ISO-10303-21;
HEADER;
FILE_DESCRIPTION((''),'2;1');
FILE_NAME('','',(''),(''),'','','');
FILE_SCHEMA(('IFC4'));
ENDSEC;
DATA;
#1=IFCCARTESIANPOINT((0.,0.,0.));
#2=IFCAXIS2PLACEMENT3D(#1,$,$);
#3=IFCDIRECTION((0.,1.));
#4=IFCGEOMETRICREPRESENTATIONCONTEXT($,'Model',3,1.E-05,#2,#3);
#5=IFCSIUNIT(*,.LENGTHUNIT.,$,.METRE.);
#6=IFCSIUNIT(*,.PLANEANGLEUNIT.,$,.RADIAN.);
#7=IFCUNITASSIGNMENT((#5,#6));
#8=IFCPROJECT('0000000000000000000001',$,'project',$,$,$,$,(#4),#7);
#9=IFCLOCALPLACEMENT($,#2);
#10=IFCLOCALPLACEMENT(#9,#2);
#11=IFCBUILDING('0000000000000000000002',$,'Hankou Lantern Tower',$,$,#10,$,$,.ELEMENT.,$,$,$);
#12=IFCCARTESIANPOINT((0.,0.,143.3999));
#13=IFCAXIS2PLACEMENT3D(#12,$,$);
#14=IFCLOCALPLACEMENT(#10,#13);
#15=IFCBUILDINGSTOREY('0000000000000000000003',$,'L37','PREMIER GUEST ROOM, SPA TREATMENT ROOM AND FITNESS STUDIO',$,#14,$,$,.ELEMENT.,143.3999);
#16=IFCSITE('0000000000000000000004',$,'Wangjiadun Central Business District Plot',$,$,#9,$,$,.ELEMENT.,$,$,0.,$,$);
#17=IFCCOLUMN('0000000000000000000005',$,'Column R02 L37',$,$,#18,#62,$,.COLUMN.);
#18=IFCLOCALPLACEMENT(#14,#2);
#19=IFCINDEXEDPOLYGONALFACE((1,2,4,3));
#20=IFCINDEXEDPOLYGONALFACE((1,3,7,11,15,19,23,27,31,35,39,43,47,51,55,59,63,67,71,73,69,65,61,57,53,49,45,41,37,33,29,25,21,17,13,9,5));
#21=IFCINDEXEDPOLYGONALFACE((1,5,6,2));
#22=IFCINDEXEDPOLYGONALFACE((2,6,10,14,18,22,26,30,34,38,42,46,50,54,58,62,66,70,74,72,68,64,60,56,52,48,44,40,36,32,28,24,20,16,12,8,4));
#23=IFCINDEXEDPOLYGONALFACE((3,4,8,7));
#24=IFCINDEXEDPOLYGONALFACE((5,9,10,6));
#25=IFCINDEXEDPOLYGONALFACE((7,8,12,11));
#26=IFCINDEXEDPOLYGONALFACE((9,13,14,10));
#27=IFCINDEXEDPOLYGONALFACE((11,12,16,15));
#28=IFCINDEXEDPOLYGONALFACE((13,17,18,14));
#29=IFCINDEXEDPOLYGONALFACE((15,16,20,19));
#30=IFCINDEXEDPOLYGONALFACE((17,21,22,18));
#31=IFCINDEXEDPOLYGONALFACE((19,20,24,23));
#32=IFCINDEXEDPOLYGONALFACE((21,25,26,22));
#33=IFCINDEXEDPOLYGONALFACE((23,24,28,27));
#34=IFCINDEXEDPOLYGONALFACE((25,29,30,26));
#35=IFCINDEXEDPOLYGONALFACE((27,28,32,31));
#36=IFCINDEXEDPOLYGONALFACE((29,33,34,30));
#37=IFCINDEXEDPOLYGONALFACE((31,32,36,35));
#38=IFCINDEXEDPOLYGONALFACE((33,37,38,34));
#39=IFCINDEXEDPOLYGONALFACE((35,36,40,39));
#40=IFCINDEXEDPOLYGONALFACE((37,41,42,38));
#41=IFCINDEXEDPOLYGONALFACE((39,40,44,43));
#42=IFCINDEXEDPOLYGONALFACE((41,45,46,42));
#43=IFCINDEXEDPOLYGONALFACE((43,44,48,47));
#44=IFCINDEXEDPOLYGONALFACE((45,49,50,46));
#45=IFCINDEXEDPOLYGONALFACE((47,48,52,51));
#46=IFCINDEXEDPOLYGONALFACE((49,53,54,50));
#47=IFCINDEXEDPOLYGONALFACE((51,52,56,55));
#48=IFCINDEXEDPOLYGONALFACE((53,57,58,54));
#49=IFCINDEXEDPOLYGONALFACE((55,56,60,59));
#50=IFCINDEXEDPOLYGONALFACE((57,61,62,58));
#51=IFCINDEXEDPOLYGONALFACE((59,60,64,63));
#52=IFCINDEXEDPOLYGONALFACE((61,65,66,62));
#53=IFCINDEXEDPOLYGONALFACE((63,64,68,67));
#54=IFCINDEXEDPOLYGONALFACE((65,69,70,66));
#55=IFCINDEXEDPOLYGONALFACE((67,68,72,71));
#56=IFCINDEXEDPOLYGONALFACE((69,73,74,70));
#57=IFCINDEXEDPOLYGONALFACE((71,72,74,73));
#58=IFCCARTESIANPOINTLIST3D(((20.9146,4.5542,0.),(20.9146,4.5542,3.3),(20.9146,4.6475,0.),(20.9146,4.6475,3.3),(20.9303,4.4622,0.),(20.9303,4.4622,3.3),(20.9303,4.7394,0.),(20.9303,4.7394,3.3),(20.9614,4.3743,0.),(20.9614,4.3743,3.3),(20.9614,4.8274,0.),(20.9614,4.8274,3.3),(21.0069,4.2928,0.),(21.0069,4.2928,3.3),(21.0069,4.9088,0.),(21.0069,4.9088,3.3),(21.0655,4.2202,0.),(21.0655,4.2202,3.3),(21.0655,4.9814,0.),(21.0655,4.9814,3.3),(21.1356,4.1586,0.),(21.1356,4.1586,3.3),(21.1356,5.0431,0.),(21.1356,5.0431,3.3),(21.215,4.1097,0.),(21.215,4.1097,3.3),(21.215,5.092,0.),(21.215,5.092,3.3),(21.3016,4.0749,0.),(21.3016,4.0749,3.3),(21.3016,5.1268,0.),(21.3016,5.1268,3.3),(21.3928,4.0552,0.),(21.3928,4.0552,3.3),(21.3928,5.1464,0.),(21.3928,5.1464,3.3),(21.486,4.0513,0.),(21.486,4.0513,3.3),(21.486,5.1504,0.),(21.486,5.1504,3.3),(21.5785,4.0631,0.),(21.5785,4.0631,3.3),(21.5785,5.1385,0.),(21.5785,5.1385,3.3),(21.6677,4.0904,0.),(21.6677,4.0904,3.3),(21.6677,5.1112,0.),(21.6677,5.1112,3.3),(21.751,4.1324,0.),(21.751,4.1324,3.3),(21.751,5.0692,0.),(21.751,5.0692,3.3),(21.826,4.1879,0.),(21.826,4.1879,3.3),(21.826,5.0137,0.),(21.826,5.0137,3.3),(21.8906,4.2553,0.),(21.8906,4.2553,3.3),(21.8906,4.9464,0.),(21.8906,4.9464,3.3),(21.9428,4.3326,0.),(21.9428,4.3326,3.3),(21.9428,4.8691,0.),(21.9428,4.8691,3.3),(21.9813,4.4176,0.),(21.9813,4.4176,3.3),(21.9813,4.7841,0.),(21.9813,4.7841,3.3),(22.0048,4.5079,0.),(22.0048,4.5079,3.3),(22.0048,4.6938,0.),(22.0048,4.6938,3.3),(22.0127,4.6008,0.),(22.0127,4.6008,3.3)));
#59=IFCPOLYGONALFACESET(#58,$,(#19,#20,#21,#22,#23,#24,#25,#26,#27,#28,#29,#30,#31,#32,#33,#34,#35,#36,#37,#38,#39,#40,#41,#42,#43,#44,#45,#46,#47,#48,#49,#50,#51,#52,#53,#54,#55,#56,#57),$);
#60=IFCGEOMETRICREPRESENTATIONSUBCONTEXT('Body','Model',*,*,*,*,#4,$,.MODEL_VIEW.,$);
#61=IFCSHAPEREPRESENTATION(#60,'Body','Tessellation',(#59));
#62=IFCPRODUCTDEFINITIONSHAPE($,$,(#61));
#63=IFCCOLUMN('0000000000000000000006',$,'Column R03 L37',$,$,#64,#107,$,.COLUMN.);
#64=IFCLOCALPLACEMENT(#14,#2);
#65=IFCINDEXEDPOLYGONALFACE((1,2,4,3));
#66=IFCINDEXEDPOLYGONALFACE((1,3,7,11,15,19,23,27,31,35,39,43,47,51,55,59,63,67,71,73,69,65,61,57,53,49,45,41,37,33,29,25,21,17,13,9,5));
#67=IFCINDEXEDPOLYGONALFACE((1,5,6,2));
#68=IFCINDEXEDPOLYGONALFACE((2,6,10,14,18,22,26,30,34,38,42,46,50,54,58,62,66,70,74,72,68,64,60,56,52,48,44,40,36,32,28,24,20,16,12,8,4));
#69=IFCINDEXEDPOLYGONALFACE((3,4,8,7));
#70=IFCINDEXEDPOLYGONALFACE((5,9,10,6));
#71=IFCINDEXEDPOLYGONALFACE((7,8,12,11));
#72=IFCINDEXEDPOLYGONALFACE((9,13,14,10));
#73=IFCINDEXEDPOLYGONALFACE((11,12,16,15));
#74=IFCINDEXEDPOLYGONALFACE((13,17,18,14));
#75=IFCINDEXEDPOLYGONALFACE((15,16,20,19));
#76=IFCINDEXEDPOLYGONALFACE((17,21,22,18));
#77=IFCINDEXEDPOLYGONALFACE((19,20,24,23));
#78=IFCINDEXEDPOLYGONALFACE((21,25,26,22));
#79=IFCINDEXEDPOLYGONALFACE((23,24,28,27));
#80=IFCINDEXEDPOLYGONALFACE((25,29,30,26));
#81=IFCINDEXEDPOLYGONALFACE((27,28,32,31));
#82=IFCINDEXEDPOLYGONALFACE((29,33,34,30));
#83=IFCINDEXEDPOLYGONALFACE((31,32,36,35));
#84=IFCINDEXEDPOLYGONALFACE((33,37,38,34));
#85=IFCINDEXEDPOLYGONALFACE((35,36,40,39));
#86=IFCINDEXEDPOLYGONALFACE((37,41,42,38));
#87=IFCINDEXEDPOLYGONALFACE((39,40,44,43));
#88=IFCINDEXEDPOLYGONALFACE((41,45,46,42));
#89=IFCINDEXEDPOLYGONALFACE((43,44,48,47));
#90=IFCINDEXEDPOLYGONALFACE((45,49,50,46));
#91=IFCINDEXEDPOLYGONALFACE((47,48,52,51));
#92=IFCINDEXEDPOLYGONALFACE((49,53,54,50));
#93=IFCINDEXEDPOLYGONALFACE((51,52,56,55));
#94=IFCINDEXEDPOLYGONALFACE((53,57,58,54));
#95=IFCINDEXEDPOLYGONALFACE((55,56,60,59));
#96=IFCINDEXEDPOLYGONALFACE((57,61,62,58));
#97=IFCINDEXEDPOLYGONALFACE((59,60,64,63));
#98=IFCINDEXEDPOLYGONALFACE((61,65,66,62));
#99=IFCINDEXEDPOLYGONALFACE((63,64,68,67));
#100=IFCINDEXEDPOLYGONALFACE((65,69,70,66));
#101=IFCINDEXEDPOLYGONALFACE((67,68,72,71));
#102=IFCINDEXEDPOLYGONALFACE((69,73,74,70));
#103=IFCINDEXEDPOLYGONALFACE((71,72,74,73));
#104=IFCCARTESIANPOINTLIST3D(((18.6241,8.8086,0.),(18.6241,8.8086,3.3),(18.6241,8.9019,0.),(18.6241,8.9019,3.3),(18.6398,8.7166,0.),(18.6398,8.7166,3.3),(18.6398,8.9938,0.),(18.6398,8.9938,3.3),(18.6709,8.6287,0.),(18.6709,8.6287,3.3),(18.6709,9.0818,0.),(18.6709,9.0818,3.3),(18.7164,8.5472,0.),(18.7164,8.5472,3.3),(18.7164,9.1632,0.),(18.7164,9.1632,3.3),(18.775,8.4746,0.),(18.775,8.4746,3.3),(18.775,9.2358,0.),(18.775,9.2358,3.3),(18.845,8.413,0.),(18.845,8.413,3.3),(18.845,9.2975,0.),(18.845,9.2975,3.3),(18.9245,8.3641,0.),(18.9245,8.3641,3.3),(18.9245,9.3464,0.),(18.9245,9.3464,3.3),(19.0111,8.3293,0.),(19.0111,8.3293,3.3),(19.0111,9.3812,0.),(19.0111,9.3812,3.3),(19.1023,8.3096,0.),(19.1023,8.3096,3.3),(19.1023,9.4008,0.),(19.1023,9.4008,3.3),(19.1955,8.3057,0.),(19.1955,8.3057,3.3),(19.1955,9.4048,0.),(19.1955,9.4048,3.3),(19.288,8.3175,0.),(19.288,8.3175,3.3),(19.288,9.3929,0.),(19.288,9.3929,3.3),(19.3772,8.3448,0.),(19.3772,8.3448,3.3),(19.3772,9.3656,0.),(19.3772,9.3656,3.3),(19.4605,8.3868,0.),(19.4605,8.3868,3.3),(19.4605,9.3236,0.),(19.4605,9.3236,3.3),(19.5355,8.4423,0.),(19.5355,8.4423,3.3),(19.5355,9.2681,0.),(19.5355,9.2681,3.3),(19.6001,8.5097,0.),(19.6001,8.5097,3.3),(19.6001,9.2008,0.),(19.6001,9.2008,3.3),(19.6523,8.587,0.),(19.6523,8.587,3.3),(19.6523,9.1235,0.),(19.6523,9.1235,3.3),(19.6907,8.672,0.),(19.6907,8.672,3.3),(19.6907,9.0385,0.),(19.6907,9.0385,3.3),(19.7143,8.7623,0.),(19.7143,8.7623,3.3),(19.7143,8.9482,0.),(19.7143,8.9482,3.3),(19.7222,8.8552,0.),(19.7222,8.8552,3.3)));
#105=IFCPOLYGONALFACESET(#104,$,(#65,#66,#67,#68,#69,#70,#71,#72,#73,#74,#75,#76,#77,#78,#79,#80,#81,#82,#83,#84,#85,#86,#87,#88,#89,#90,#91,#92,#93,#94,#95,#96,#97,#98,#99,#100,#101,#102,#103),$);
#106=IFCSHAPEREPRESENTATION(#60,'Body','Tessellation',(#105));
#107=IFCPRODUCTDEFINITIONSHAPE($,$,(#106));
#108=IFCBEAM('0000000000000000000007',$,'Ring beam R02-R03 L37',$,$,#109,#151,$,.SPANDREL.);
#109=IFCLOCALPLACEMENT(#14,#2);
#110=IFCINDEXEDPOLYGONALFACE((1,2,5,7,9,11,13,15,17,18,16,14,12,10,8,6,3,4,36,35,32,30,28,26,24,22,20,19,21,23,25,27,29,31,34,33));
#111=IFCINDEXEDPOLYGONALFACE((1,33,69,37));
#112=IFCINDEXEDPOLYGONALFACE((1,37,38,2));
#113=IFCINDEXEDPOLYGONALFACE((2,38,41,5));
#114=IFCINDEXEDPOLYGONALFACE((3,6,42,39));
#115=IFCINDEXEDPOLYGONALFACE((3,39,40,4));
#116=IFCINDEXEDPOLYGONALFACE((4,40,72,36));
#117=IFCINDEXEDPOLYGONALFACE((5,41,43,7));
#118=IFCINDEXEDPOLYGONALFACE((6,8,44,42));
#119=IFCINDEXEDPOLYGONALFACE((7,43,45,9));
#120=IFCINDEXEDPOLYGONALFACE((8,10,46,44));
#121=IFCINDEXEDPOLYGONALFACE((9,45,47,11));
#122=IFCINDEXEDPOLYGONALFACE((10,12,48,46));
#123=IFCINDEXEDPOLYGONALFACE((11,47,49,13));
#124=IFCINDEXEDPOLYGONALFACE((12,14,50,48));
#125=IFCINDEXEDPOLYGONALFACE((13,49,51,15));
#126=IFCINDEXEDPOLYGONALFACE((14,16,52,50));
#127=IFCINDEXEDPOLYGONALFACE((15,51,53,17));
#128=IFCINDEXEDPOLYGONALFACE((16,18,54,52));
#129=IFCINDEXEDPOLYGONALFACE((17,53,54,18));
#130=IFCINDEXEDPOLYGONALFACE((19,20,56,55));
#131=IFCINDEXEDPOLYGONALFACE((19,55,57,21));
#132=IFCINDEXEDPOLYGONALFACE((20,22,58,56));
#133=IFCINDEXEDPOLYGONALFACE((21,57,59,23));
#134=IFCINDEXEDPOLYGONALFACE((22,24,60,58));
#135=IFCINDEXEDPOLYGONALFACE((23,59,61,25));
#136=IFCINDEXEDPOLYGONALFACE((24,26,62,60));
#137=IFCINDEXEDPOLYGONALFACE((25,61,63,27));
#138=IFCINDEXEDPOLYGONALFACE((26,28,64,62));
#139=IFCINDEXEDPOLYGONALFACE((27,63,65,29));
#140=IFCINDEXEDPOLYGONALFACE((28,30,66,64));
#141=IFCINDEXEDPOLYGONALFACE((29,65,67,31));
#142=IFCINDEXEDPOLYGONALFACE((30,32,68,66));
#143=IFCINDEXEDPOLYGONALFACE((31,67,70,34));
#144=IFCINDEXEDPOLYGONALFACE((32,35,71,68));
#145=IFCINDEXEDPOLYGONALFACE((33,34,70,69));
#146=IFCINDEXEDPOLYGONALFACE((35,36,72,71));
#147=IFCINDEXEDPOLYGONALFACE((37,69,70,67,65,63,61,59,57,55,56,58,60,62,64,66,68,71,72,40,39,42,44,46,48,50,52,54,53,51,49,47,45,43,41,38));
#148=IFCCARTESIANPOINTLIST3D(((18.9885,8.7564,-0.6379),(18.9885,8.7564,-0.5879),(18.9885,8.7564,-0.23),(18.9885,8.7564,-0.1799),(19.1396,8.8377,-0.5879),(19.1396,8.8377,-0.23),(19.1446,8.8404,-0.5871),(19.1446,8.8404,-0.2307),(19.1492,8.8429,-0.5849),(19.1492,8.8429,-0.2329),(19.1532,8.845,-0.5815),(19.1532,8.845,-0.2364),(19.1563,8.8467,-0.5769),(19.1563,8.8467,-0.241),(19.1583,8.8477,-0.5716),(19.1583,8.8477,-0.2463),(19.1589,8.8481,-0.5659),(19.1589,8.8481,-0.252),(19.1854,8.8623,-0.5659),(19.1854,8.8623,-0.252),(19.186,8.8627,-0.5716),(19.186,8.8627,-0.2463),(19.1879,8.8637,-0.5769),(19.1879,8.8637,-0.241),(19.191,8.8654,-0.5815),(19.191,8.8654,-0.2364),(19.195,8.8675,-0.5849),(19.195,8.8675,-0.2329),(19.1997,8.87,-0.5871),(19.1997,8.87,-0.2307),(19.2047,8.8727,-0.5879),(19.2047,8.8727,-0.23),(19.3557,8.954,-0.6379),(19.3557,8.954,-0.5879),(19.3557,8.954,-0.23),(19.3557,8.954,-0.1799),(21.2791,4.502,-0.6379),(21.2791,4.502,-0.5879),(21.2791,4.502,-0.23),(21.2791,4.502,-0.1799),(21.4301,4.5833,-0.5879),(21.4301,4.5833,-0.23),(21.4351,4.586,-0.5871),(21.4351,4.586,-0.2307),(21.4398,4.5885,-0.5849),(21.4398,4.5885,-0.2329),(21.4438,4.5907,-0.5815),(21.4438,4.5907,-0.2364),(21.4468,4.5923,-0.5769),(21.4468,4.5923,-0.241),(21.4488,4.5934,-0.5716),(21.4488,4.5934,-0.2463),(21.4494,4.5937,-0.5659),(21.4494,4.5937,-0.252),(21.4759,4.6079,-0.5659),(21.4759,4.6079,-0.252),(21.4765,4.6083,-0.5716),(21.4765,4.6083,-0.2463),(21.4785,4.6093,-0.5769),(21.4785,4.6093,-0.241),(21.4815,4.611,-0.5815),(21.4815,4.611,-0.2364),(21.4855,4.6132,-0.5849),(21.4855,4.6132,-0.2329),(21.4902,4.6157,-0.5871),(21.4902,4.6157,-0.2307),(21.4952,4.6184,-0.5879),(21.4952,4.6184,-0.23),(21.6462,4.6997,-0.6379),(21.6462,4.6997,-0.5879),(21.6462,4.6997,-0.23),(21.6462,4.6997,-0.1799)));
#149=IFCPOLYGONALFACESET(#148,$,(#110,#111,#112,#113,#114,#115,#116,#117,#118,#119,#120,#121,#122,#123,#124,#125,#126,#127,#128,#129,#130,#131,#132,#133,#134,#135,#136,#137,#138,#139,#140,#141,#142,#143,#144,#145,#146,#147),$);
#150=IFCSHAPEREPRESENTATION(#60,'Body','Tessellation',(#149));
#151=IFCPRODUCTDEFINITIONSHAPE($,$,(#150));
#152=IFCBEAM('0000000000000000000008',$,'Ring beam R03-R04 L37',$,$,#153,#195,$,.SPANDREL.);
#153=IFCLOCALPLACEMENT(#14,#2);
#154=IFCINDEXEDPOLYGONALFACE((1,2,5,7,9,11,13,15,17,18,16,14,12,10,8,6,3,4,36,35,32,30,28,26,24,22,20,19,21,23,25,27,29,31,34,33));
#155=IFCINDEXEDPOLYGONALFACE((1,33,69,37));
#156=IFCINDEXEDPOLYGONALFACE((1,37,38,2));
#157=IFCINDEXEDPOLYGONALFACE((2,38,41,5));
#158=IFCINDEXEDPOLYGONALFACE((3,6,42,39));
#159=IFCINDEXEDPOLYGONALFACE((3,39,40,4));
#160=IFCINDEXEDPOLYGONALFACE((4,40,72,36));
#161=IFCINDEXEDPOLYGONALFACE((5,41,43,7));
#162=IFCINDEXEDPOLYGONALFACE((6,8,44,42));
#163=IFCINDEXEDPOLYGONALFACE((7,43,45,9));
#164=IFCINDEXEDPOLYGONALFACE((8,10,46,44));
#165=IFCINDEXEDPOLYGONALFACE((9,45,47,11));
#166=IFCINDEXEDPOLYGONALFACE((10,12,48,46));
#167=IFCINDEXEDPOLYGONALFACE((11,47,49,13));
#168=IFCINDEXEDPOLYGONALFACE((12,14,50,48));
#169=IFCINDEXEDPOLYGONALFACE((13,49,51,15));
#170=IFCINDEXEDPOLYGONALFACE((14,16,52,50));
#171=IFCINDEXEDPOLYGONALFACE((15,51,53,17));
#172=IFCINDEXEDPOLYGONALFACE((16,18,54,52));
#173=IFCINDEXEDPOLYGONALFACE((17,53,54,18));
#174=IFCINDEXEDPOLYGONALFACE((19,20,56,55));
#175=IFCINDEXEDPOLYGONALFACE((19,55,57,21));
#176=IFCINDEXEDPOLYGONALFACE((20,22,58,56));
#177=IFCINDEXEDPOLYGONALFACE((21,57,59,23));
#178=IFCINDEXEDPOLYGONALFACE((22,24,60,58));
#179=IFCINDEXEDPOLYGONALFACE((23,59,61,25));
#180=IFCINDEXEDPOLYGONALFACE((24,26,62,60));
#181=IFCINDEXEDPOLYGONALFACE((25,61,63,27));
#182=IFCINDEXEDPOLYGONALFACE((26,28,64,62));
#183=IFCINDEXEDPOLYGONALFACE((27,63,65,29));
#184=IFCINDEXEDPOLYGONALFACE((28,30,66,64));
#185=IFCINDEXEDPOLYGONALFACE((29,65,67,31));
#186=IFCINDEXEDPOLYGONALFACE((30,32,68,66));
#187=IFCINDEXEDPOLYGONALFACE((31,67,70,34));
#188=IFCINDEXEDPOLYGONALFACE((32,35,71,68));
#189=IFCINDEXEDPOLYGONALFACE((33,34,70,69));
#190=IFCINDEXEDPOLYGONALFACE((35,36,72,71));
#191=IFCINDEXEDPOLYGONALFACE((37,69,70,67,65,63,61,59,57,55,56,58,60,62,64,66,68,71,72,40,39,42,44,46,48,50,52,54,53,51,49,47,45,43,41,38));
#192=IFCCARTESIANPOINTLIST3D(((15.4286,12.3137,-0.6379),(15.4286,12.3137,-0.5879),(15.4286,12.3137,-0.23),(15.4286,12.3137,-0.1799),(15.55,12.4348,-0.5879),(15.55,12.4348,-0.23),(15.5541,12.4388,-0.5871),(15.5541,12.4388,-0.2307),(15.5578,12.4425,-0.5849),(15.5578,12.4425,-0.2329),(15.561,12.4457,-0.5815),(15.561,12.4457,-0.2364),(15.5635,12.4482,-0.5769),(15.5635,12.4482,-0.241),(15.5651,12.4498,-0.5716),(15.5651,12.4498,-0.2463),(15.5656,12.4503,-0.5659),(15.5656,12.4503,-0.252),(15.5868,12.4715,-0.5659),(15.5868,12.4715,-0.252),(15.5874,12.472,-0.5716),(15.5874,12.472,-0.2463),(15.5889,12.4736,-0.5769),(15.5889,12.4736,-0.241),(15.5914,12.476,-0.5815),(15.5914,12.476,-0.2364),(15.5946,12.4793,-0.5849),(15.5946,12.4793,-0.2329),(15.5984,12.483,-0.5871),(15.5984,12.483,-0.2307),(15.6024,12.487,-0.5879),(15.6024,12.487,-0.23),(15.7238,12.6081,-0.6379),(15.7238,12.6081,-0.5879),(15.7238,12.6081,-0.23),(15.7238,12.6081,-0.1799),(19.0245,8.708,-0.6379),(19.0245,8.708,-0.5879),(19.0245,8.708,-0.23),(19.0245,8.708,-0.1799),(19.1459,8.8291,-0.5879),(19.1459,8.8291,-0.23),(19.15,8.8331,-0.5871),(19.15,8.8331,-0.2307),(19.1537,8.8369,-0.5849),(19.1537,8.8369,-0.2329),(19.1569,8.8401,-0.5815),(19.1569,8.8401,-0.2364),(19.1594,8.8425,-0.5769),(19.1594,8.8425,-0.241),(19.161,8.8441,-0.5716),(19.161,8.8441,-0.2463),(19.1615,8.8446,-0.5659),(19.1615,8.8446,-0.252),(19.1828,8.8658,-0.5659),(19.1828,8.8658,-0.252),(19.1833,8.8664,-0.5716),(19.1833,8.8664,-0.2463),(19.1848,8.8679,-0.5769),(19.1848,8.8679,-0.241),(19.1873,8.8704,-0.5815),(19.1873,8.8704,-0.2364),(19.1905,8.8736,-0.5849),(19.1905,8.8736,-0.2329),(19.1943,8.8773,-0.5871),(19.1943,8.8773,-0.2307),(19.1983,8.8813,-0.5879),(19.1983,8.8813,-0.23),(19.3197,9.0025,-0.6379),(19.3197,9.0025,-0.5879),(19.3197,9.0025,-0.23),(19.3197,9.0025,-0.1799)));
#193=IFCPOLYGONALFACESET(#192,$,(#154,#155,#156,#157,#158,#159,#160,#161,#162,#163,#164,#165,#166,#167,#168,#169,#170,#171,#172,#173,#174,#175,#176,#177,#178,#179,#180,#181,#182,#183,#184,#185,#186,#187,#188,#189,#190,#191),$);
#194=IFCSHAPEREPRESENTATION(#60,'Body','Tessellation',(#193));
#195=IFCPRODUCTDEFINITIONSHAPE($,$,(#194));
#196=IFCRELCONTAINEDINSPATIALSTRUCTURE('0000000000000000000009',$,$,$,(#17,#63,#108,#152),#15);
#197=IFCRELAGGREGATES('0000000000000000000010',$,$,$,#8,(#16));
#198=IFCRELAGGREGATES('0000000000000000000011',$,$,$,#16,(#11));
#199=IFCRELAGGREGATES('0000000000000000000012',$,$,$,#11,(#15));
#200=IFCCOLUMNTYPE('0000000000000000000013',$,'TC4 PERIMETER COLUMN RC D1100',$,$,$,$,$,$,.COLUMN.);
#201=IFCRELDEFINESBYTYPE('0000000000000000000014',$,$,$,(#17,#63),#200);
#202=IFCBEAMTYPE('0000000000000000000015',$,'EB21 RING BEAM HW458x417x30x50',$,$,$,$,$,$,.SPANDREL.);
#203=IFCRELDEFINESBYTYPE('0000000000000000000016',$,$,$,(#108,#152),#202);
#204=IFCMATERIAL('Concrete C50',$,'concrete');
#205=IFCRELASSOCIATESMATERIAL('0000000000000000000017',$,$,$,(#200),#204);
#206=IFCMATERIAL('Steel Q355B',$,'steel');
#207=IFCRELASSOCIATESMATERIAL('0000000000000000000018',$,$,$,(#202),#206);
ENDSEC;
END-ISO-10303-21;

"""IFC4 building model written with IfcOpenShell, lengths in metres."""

from ifc_helpers import new_model, si_unit, direction, frame, origin, origin_2d, place, context, subcontext, project, spatial, circle, i_section, extrude, material, material_profile, profile_set, type_object, element, save


model = new_model("IFC4")

# Units and contexts
model_context = context("Model", 3, precision=1e-05, world=origin(), true_north=direction((0.0, 1.0)))
body_context = subcontext(model_context, "Body", "Model", "MODEL_VIEW")
ifc_project = project(units=[si_unit("LENGTHUNIT", "METRE"), si_unit("PLANEANGLEUNIT", "RADIAN")], contexts=[model_context])

# Site, building, storey
site_placement = place(None, origin())
site = spatial("IfcSite", under=ifc_project, at=site_placement, Name="Wangjiadun Central Business District Plot", CompositionType="ELEMENT", RefElevation=0.0)
building_placement = place(site_placement, origin())
building = spatial("IfcBuilding", under=site, at=building_placement, Name="Hankou Lantern Tower", CompositionType="ELEMENT")
storey_placement = place(building_placement, frame((0.0, 0.0, 143.3999)))
storey = spatial("IfcBuildingStorey", under=building, at=storey_placement, Name="L37", Description="PREMIER GUEST ROOM, SPA TREATMENT ROOM AND FITNESS STUDIO", CompositionType="ELEMENT", Elevation=143.3999)

# Columns
ifc_material_1 = material(Name="Concrete C50", Category="concrete")
ifc_material_profile_1 = material_profile(ifc_material_1, circle(Radius=0.55, at=origin_2d()), Name="RC D1100")
ifc_profile_set_1 = profile_set([ifc_material_profile_1], Name="Concrete C50")
column_type = type_object("IfcColumnType", Name="TC4 PERIMETER COLUMN RC D1100", PredefinedType="COLUMN", material=ifc_profile_set_1)
for number, where, z_axis, x_axis, name in (
    (1, (21.4626, 4.6008, 0.0), (0.0, 0.0, 1.0), (1.0, 0.0, 0.0), "Column R02 L37"),
    (2, (19.1721, 8.8552, 0.0), (0.0, 0.0, 1.0), (1.0, 0.0, 0.0), "Column R03 L37"),
):
    element("IfcColumn", number, at=place(storey_placement, frame(where, z_axis=z_axis, x_axis=x_axis)), inside=storey, type_object=column_type, Name=name, PredefinedType="COLUMN", context=body_context, shape_type="SweptSolid", body=[
        extrude(circle(Radius=0.55, at=origin_2d()), origin(), (0.0, 0.0, 1.0), 3.3),
    ])

# Beams
ifc_material_2 = material(Name="Steel Q355B", Category="steel")
ifc_material_profile_2 = material_profile(ifc_material_2, i_section(OverallWidth=0.417, OverallDepth=0.458, WebThickness=0.03, FlangeThickness=0.05, FilletRadius=0.022, at=origin_2d()), Name="HW458x417x30x50")
ifc_profile_set_2 = profile_set([ifc_material_profile_2], Name="Steel Q355B")
beam_type_1 = type_object("IfcBeamType", Name="EB21 RING BEAM HW458x417x30x50", PredefinedType="SPANDREL", material=ifc_profile_set_2)
beam_1_placement = place(storey_placement, frame((21.4626, 4.6008, -0.4089), z_axis=(-0.474052, 0.880497, 0.0), x_axis=(-0.880497, -0.474052, 0.0)))
element("IfcBeam", 3, at=beam_1_placement, inside=storey, type_object=beam_type_1, Name="Ring beam R02-R03 L37", PredefinedType="SPANDREL", context=body_context, shape_type="SweptSolid", body=[
    extrude(i_section(OverallWidth=0.417, OverallDepth=0.458, WebThickness=0.03, FlangeThickness=0.05, FilletRadius=0.022, at=origin_2d()), origin(), (0.0, 0.0, 1.0), 4.8318),
])
beam_2_placement = place(storey_placement, frame((19.1721, 8.8552, -0.4089), z_axis=(-0.706147, 0.708065, 0.0), x_axis=(-0.708065, -0.706147, 0.0)))
element("IfcBeam", 4, at=beam_2_placement, inside=storey, type_object=beam_type_1, Name="Ring beam R03-R04 L37", PredefinedType="SPANDREL", context=body_context, shape_type="SweptSolid", body=[
    extrude(i_section(OverallWidth=0.417, OverallDepth=0.458, WebThickness=0.03, FlangeThickness=0.05, FilletRadius=0.022, at=origin_2d()), origin(), (0.0, 0.0, 1.0), 5.0923),
])

save(model, "model.ifc")
